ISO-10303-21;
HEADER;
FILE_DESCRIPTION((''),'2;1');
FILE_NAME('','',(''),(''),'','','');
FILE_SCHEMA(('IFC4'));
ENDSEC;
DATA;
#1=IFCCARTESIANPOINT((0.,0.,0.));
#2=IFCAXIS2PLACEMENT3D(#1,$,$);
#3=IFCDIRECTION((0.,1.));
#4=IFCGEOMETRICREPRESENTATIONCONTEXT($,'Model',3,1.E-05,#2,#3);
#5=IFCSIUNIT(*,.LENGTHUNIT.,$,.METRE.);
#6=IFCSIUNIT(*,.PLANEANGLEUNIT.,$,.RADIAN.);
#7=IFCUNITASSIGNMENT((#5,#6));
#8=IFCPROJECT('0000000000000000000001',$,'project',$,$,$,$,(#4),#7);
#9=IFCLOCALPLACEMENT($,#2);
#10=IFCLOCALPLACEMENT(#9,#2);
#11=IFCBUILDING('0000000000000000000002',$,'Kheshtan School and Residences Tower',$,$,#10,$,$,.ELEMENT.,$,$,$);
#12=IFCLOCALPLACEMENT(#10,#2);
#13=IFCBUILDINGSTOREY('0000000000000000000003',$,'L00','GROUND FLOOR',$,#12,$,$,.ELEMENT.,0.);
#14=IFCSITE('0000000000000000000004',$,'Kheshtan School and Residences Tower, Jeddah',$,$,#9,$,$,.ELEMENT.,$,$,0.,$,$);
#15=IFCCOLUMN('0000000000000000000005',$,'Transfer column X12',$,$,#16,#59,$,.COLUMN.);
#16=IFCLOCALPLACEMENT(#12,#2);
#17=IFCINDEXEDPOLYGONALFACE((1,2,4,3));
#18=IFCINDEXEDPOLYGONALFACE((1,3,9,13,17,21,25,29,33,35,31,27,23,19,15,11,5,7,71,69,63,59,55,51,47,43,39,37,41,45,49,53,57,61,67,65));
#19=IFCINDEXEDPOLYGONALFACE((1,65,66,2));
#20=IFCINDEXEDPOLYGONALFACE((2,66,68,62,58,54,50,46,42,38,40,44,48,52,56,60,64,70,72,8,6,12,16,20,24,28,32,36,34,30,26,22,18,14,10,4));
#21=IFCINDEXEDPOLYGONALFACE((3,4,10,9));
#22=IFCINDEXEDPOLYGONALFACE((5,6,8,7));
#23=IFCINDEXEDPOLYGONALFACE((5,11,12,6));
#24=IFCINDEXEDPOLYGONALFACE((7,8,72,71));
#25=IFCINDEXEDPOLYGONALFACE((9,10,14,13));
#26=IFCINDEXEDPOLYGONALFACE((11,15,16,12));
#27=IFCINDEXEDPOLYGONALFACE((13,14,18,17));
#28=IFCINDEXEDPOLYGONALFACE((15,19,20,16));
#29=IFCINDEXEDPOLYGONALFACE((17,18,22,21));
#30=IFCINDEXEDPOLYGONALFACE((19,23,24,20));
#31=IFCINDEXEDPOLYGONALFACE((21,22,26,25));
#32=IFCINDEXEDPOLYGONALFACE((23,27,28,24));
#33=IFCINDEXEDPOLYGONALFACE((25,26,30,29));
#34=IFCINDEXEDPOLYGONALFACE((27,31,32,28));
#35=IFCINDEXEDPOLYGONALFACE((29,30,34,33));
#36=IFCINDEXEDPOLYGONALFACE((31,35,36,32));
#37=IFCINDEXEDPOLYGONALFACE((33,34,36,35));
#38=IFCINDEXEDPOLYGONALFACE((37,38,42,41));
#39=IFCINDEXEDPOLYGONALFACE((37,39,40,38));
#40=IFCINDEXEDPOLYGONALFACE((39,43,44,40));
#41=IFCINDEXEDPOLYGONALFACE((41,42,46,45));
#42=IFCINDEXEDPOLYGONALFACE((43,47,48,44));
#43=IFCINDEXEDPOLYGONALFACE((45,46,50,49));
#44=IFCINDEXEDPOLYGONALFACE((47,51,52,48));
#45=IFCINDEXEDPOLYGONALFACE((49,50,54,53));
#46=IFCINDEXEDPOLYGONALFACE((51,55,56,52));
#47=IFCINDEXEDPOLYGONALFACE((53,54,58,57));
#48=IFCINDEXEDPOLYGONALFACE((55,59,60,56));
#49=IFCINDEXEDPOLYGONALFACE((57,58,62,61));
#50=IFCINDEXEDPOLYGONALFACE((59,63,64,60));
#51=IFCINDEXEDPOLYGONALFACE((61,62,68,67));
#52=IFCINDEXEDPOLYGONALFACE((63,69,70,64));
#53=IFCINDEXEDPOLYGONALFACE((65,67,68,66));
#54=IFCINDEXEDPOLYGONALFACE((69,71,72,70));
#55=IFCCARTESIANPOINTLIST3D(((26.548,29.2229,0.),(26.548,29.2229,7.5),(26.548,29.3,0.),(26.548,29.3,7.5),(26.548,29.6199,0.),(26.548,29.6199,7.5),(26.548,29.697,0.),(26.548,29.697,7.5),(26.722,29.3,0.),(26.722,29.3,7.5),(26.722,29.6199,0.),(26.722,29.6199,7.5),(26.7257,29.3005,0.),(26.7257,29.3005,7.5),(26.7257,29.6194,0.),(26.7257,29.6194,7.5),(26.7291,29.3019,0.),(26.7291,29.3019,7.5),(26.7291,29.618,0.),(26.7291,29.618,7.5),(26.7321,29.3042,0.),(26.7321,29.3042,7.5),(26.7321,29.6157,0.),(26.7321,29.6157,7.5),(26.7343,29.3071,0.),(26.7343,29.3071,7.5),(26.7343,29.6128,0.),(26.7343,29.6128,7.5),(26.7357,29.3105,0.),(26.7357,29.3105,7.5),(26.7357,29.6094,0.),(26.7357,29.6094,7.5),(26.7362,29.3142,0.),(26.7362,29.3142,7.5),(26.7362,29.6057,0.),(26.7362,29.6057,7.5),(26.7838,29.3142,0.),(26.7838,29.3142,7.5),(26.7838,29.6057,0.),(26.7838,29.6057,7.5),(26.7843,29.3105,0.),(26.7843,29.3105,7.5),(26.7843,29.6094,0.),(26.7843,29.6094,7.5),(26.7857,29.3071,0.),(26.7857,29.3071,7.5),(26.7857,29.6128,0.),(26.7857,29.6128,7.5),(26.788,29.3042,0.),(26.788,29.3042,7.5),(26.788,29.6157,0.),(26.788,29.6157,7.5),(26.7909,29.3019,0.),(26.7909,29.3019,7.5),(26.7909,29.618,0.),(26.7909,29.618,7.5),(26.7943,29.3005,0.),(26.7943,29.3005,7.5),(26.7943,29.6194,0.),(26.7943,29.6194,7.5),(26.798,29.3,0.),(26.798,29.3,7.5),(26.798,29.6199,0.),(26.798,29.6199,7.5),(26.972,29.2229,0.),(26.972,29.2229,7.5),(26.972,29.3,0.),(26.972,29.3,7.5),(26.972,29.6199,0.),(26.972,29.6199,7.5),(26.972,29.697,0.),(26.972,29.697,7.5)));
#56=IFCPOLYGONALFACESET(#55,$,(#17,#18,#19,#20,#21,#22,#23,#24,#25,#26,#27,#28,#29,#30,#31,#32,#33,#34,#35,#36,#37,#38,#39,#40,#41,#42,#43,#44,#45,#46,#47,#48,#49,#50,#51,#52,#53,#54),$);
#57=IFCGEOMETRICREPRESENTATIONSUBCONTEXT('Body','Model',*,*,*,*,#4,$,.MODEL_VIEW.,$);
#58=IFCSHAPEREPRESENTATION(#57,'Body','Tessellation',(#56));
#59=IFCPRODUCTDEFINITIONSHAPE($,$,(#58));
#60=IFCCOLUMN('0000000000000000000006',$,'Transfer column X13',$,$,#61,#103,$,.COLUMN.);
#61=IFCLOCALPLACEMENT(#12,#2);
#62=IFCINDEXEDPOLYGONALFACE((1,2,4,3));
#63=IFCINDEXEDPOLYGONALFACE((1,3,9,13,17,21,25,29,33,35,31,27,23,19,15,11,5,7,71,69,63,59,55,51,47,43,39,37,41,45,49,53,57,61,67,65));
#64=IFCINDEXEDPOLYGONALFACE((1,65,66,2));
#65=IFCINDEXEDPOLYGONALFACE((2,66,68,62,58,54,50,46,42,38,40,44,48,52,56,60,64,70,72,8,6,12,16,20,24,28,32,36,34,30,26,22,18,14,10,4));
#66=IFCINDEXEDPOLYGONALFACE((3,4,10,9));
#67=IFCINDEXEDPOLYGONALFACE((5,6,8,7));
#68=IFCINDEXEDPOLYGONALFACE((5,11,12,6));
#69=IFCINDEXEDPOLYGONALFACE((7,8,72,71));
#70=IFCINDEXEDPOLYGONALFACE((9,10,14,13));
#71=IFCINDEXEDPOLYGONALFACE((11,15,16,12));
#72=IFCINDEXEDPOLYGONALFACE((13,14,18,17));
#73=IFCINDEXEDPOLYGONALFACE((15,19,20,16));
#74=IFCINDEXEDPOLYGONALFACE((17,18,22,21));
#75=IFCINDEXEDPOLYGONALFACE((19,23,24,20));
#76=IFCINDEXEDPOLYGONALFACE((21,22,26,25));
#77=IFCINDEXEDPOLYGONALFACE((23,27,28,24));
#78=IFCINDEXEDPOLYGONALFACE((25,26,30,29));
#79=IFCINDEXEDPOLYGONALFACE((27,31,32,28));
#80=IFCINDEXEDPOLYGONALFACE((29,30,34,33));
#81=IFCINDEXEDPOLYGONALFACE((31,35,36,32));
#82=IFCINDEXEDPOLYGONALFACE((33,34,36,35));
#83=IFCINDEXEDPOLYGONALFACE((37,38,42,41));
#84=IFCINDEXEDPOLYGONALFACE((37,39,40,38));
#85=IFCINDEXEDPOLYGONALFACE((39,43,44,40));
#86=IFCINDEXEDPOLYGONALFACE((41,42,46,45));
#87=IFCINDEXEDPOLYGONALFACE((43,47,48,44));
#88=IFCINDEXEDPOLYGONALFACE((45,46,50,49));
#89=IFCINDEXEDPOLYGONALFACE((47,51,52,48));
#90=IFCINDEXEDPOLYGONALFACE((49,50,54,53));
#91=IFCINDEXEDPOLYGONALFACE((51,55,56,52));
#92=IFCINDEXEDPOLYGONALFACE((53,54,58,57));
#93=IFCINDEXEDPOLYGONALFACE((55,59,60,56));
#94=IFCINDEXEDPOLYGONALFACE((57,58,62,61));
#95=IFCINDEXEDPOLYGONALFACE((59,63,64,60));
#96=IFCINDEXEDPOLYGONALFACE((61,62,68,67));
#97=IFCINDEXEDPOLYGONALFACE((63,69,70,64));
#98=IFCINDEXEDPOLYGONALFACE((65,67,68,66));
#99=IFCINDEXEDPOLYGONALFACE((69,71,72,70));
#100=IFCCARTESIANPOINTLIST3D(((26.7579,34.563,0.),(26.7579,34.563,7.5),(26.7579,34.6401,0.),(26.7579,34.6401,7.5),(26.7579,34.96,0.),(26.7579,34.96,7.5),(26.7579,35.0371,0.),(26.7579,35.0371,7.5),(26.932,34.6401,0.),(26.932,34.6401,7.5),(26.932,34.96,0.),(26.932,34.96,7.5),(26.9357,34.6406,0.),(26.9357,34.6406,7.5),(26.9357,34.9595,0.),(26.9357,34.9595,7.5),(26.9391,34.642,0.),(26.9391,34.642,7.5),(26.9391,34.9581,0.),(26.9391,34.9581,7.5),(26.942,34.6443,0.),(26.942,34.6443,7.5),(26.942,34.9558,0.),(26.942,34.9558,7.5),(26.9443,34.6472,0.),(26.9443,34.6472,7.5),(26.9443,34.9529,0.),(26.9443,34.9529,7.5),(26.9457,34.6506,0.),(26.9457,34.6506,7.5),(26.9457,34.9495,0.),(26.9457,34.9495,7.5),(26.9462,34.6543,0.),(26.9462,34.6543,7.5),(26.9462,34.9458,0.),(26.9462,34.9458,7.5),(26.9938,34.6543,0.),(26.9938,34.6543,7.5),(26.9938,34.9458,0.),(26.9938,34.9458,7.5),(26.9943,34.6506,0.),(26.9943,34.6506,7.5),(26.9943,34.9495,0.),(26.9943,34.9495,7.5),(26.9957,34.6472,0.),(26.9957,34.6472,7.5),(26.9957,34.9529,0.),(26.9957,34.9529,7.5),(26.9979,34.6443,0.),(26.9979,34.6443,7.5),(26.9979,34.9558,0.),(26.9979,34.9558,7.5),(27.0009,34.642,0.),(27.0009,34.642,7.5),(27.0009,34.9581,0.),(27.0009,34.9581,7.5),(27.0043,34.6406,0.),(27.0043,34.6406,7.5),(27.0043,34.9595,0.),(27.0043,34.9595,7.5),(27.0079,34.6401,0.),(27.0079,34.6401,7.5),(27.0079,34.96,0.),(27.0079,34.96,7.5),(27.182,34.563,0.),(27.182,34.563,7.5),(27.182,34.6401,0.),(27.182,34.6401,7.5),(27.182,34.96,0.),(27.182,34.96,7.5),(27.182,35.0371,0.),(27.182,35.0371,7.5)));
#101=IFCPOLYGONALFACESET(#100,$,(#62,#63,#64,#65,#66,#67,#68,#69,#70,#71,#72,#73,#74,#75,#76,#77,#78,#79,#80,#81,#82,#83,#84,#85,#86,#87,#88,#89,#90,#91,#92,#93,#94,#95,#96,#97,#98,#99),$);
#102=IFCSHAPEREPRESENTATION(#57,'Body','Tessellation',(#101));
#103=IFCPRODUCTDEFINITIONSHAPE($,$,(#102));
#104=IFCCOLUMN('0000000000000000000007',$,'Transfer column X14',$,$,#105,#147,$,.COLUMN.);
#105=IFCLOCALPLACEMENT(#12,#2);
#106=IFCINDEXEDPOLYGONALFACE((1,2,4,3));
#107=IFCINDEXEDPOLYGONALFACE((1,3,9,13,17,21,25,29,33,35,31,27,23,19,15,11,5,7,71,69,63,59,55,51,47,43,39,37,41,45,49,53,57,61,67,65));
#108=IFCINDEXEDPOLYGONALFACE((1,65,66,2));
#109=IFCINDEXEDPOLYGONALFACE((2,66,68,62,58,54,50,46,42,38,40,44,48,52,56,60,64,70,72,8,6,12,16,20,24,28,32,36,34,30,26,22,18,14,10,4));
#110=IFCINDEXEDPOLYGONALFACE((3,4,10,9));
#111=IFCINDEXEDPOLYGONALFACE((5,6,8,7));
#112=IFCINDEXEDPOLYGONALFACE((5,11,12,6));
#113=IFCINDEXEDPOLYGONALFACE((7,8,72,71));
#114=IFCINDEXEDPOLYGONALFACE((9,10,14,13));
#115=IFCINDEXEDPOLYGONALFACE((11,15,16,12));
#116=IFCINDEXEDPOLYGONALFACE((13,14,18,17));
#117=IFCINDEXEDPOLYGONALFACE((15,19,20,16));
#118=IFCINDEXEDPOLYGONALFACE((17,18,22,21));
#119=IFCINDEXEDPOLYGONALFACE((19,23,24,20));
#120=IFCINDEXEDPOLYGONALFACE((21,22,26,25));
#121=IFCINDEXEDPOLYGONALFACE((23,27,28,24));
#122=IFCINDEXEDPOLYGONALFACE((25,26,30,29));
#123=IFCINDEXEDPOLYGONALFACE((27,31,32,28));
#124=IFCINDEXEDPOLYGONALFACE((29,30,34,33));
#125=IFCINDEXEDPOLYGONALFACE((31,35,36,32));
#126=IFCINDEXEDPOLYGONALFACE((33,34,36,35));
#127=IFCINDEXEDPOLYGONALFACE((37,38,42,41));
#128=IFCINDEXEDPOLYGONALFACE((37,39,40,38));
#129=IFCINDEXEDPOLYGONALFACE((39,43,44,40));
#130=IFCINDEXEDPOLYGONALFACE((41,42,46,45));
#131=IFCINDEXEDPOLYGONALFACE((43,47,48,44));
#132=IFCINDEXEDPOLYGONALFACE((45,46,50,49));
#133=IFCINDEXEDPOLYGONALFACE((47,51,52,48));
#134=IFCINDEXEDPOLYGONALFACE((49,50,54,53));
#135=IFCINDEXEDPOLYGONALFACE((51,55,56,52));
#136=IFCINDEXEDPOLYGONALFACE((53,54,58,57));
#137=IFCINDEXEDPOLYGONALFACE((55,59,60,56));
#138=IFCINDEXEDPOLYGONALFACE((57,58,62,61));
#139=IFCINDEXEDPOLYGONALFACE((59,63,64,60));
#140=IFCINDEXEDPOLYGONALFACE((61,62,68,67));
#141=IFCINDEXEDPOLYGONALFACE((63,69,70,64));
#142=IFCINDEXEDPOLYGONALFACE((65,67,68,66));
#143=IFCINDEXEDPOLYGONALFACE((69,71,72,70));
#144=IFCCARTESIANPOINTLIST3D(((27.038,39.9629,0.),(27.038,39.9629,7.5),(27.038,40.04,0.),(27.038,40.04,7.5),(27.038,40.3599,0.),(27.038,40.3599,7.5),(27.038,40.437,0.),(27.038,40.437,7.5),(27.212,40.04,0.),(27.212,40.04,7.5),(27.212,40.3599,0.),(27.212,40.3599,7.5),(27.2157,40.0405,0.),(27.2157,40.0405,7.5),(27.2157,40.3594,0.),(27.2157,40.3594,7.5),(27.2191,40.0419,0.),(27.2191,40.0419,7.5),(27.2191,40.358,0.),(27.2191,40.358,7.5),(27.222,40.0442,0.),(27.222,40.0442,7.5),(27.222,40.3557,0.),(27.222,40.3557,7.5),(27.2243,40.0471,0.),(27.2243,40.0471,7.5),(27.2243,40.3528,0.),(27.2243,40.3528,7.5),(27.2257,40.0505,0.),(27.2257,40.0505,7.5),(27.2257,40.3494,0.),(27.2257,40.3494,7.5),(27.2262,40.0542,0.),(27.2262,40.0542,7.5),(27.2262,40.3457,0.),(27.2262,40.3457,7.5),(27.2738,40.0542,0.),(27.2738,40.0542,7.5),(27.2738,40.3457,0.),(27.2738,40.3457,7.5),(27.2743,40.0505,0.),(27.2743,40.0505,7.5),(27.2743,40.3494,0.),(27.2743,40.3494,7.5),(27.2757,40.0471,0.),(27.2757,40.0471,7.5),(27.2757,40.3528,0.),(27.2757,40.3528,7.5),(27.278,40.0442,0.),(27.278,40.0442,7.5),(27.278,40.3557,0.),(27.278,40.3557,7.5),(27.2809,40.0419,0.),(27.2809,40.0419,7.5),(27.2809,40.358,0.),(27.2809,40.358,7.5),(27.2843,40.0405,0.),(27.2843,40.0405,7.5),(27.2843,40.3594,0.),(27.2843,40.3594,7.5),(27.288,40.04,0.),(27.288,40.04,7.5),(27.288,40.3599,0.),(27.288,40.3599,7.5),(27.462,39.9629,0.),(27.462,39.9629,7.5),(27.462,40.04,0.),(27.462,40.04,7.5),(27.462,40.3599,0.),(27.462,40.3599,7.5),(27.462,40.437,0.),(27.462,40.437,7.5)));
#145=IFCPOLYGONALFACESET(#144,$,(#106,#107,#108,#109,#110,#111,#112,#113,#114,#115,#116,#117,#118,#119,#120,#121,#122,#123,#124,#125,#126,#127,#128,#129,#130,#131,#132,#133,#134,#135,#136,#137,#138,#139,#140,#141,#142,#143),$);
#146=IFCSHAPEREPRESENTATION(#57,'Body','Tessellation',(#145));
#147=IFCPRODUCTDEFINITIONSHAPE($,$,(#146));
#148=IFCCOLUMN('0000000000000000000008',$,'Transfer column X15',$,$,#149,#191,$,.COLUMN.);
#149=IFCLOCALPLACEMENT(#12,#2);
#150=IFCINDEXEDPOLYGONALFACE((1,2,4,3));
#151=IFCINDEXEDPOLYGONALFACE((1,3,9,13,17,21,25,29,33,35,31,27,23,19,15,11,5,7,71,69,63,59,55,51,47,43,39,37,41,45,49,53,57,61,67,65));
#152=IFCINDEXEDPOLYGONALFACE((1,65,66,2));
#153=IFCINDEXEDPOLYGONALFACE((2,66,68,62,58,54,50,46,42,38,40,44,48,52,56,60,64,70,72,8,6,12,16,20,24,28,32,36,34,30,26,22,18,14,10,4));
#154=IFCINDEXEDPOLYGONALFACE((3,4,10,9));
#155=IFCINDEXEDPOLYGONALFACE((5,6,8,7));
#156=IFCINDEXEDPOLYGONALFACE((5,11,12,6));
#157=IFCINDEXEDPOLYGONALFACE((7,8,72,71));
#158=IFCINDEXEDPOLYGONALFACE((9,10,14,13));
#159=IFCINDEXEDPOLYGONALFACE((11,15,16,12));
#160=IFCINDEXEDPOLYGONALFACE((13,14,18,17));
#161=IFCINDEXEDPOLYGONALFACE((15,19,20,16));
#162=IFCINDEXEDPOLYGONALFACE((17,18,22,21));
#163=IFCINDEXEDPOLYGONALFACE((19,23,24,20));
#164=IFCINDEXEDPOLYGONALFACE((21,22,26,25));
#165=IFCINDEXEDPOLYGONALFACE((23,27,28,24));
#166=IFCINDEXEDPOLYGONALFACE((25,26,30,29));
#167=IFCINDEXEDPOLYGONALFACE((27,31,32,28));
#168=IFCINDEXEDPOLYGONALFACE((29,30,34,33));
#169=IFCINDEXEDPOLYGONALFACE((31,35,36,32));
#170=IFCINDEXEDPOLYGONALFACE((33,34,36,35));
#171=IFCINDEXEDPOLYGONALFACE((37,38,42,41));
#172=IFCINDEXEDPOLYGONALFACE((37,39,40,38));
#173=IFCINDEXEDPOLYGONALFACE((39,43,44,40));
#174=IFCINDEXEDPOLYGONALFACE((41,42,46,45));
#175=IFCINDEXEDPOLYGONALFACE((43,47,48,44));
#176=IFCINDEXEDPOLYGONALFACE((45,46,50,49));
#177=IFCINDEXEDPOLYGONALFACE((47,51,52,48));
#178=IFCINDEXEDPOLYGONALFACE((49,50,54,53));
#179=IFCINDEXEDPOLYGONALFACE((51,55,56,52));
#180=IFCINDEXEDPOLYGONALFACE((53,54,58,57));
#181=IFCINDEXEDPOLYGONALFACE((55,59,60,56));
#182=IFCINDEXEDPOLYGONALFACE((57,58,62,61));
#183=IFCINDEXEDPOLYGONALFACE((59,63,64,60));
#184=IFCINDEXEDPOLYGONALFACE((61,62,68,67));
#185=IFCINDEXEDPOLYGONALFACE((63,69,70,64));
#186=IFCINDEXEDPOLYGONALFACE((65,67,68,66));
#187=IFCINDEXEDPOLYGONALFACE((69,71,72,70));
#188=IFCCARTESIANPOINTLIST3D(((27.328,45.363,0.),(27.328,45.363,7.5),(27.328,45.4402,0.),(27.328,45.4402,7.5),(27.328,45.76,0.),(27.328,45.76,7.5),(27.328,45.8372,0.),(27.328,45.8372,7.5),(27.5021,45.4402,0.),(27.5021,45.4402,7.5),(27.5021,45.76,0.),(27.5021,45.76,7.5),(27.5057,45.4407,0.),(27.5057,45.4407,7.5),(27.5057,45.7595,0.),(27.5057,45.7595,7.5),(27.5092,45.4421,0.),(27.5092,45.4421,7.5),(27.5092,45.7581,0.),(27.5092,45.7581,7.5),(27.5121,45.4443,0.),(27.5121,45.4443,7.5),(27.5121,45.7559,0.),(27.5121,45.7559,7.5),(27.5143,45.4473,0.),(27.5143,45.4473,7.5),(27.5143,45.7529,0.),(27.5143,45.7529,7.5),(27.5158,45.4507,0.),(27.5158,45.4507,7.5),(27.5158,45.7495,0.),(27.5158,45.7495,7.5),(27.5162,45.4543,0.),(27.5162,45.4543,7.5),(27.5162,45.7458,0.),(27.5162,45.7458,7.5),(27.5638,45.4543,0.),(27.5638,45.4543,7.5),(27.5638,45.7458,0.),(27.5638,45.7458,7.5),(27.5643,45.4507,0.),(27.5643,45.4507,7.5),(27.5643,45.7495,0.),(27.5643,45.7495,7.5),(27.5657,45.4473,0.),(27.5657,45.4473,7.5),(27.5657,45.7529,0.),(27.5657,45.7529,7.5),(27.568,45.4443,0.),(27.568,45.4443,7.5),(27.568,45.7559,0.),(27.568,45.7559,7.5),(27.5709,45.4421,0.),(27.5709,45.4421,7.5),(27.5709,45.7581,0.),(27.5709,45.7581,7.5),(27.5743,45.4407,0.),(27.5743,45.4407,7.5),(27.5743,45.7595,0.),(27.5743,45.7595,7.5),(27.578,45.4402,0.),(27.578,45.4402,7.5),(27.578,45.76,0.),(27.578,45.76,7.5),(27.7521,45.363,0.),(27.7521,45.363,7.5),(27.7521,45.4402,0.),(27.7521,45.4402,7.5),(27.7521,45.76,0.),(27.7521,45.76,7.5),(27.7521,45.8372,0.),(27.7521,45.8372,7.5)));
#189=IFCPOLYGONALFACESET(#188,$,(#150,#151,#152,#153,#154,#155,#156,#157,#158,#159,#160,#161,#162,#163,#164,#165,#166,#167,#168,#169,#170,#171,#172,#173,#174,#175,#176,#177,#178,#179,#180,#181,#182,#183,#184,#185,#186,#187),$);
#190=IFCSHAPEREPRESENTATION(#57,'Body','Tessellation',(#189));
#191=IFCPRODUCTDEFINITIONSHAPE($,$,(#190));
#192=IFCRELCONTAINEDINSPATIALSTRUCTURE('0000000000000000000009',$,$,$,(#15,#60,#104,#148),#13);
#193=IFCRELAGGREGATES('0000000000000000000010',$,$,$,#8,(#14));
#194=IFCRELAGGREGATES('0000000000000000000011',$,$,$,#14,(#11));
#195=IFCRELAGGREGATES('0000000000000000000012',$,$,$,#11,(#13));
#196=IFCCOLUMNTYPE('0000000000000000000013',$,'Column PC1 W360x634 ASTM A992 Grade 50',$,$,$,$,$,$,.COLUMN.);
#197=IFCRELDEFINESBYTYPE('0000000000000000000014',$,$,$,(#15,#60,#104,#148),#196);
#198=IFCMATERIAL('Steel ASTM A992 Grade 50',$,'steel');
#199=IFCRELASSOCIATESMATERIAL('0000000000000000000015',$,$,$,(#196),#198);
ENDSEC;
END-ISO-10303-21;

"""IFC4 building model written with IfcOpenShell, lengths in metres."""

from ifc_helpers import new_model, si_unit, direction, frame, origin, origin_2d, place, context, subcontext, project, spatial, i_section, extrude, material, material_profile, profile_set, type_object, element, save


model = new_model("IFC4")

# Units and contexts
model_context = context("Model", 3, precision=1e-05, world=origin(), true_north=direction((0.0, 1.0)))
body_context = subcontext(model_context, "Body", "Model", "MODEL_VIEW")
ifc_project = project(units=[si_unit("LENGTHUNIT", "METRE"), si_unit("PLANEANGLEUNIT", "RADIAN")], contexts=[model_context])

# Site, building, storey
site_placement = place(None, origin())
site = spatial("IfcSite", under=ifc_project, at=site_placement, Name="Kheshtan School and Residences Tower, Jeddah", CompositionType="ELEMENT", RefElevation=0.0)
building_placement = place(site_placement, origin())
building = spatial("IfcBuilding", under=site, at=building_placement, Name="Kheshtan School and Residences Tower", CompositionType="ELEMENT")
storey_placement = place(building_placement, origin())
storey = spatial("IfcBuildingStorey", under=building, at=storey_placement, Name="L00", Description="GROUND FLOOR", CompositionType="ELEMENT", Elevation=0.0)

# Columns
ifc_material_1 = material(Name="Steel ASTM A992 Grade 50", Category="steel")
ifc_material_profile_1 = material_profile(ifc_material_1, i_section(OverallWidth=0.4241, OverallDepth=0.4741, WebThickness=0.0476, FlangeThickness=0.0771, FilletRadius=0.0142, at=origin_2d()), Name="W360x634")
ifc_profile_set_1 = profile_set([ifc_material_profile_1], Name="Steel ASTM A992 Grade 50")
column_type = type_object("IfcColumnType", Name="Column PC1 W360x634 ASTM A992 Grade 50", PredefinedType="COLUMN", material=ifc_profile_set_1)
for number, where, z_axis, x_axis, name in (
    (1, (26.76, 29.46, 0.0), (0.0, 0.0, 1.0), (1.0, 0.0, 0.0), "Transfer column X12"),
    (2, (26.97, 34.8, 0.0), (0.0, 0.0, 1.0), (1.0, 0.0, 0.0), "Transfer column X13"),
    (3, (27.25, 40.2, 0.0), (0.0, 0.0, 1.0), (1.0, 0.0, 0.0), "Transfer column X14"),
    (4, (27.54, 45.6001, 0.0), (0.0, 0.0, 1.0), (1.0, 0.0, 0.0), "Transfer column X15"),
):
    element("IfcColumn", number, at=place(storey_placement, frame(where, z_axis=z_axis, x_axis=x_axis)), inside=storey, type_object=column_type, Name=name, PredefinedType="COLUMN", context=body_context, shape_type="SweptSolid", body=[
        extrude(i_section(OverallWidth=0.4241, OverallDepth=0.4741, WebThickness=0.0476, FlangeThickness=0.0771, FilletRadius=0.0142, at=origin_2d()), origin(), (0.0, 0.0, 1.0), 7.5),
    ])

save(model, "model.ifc")
